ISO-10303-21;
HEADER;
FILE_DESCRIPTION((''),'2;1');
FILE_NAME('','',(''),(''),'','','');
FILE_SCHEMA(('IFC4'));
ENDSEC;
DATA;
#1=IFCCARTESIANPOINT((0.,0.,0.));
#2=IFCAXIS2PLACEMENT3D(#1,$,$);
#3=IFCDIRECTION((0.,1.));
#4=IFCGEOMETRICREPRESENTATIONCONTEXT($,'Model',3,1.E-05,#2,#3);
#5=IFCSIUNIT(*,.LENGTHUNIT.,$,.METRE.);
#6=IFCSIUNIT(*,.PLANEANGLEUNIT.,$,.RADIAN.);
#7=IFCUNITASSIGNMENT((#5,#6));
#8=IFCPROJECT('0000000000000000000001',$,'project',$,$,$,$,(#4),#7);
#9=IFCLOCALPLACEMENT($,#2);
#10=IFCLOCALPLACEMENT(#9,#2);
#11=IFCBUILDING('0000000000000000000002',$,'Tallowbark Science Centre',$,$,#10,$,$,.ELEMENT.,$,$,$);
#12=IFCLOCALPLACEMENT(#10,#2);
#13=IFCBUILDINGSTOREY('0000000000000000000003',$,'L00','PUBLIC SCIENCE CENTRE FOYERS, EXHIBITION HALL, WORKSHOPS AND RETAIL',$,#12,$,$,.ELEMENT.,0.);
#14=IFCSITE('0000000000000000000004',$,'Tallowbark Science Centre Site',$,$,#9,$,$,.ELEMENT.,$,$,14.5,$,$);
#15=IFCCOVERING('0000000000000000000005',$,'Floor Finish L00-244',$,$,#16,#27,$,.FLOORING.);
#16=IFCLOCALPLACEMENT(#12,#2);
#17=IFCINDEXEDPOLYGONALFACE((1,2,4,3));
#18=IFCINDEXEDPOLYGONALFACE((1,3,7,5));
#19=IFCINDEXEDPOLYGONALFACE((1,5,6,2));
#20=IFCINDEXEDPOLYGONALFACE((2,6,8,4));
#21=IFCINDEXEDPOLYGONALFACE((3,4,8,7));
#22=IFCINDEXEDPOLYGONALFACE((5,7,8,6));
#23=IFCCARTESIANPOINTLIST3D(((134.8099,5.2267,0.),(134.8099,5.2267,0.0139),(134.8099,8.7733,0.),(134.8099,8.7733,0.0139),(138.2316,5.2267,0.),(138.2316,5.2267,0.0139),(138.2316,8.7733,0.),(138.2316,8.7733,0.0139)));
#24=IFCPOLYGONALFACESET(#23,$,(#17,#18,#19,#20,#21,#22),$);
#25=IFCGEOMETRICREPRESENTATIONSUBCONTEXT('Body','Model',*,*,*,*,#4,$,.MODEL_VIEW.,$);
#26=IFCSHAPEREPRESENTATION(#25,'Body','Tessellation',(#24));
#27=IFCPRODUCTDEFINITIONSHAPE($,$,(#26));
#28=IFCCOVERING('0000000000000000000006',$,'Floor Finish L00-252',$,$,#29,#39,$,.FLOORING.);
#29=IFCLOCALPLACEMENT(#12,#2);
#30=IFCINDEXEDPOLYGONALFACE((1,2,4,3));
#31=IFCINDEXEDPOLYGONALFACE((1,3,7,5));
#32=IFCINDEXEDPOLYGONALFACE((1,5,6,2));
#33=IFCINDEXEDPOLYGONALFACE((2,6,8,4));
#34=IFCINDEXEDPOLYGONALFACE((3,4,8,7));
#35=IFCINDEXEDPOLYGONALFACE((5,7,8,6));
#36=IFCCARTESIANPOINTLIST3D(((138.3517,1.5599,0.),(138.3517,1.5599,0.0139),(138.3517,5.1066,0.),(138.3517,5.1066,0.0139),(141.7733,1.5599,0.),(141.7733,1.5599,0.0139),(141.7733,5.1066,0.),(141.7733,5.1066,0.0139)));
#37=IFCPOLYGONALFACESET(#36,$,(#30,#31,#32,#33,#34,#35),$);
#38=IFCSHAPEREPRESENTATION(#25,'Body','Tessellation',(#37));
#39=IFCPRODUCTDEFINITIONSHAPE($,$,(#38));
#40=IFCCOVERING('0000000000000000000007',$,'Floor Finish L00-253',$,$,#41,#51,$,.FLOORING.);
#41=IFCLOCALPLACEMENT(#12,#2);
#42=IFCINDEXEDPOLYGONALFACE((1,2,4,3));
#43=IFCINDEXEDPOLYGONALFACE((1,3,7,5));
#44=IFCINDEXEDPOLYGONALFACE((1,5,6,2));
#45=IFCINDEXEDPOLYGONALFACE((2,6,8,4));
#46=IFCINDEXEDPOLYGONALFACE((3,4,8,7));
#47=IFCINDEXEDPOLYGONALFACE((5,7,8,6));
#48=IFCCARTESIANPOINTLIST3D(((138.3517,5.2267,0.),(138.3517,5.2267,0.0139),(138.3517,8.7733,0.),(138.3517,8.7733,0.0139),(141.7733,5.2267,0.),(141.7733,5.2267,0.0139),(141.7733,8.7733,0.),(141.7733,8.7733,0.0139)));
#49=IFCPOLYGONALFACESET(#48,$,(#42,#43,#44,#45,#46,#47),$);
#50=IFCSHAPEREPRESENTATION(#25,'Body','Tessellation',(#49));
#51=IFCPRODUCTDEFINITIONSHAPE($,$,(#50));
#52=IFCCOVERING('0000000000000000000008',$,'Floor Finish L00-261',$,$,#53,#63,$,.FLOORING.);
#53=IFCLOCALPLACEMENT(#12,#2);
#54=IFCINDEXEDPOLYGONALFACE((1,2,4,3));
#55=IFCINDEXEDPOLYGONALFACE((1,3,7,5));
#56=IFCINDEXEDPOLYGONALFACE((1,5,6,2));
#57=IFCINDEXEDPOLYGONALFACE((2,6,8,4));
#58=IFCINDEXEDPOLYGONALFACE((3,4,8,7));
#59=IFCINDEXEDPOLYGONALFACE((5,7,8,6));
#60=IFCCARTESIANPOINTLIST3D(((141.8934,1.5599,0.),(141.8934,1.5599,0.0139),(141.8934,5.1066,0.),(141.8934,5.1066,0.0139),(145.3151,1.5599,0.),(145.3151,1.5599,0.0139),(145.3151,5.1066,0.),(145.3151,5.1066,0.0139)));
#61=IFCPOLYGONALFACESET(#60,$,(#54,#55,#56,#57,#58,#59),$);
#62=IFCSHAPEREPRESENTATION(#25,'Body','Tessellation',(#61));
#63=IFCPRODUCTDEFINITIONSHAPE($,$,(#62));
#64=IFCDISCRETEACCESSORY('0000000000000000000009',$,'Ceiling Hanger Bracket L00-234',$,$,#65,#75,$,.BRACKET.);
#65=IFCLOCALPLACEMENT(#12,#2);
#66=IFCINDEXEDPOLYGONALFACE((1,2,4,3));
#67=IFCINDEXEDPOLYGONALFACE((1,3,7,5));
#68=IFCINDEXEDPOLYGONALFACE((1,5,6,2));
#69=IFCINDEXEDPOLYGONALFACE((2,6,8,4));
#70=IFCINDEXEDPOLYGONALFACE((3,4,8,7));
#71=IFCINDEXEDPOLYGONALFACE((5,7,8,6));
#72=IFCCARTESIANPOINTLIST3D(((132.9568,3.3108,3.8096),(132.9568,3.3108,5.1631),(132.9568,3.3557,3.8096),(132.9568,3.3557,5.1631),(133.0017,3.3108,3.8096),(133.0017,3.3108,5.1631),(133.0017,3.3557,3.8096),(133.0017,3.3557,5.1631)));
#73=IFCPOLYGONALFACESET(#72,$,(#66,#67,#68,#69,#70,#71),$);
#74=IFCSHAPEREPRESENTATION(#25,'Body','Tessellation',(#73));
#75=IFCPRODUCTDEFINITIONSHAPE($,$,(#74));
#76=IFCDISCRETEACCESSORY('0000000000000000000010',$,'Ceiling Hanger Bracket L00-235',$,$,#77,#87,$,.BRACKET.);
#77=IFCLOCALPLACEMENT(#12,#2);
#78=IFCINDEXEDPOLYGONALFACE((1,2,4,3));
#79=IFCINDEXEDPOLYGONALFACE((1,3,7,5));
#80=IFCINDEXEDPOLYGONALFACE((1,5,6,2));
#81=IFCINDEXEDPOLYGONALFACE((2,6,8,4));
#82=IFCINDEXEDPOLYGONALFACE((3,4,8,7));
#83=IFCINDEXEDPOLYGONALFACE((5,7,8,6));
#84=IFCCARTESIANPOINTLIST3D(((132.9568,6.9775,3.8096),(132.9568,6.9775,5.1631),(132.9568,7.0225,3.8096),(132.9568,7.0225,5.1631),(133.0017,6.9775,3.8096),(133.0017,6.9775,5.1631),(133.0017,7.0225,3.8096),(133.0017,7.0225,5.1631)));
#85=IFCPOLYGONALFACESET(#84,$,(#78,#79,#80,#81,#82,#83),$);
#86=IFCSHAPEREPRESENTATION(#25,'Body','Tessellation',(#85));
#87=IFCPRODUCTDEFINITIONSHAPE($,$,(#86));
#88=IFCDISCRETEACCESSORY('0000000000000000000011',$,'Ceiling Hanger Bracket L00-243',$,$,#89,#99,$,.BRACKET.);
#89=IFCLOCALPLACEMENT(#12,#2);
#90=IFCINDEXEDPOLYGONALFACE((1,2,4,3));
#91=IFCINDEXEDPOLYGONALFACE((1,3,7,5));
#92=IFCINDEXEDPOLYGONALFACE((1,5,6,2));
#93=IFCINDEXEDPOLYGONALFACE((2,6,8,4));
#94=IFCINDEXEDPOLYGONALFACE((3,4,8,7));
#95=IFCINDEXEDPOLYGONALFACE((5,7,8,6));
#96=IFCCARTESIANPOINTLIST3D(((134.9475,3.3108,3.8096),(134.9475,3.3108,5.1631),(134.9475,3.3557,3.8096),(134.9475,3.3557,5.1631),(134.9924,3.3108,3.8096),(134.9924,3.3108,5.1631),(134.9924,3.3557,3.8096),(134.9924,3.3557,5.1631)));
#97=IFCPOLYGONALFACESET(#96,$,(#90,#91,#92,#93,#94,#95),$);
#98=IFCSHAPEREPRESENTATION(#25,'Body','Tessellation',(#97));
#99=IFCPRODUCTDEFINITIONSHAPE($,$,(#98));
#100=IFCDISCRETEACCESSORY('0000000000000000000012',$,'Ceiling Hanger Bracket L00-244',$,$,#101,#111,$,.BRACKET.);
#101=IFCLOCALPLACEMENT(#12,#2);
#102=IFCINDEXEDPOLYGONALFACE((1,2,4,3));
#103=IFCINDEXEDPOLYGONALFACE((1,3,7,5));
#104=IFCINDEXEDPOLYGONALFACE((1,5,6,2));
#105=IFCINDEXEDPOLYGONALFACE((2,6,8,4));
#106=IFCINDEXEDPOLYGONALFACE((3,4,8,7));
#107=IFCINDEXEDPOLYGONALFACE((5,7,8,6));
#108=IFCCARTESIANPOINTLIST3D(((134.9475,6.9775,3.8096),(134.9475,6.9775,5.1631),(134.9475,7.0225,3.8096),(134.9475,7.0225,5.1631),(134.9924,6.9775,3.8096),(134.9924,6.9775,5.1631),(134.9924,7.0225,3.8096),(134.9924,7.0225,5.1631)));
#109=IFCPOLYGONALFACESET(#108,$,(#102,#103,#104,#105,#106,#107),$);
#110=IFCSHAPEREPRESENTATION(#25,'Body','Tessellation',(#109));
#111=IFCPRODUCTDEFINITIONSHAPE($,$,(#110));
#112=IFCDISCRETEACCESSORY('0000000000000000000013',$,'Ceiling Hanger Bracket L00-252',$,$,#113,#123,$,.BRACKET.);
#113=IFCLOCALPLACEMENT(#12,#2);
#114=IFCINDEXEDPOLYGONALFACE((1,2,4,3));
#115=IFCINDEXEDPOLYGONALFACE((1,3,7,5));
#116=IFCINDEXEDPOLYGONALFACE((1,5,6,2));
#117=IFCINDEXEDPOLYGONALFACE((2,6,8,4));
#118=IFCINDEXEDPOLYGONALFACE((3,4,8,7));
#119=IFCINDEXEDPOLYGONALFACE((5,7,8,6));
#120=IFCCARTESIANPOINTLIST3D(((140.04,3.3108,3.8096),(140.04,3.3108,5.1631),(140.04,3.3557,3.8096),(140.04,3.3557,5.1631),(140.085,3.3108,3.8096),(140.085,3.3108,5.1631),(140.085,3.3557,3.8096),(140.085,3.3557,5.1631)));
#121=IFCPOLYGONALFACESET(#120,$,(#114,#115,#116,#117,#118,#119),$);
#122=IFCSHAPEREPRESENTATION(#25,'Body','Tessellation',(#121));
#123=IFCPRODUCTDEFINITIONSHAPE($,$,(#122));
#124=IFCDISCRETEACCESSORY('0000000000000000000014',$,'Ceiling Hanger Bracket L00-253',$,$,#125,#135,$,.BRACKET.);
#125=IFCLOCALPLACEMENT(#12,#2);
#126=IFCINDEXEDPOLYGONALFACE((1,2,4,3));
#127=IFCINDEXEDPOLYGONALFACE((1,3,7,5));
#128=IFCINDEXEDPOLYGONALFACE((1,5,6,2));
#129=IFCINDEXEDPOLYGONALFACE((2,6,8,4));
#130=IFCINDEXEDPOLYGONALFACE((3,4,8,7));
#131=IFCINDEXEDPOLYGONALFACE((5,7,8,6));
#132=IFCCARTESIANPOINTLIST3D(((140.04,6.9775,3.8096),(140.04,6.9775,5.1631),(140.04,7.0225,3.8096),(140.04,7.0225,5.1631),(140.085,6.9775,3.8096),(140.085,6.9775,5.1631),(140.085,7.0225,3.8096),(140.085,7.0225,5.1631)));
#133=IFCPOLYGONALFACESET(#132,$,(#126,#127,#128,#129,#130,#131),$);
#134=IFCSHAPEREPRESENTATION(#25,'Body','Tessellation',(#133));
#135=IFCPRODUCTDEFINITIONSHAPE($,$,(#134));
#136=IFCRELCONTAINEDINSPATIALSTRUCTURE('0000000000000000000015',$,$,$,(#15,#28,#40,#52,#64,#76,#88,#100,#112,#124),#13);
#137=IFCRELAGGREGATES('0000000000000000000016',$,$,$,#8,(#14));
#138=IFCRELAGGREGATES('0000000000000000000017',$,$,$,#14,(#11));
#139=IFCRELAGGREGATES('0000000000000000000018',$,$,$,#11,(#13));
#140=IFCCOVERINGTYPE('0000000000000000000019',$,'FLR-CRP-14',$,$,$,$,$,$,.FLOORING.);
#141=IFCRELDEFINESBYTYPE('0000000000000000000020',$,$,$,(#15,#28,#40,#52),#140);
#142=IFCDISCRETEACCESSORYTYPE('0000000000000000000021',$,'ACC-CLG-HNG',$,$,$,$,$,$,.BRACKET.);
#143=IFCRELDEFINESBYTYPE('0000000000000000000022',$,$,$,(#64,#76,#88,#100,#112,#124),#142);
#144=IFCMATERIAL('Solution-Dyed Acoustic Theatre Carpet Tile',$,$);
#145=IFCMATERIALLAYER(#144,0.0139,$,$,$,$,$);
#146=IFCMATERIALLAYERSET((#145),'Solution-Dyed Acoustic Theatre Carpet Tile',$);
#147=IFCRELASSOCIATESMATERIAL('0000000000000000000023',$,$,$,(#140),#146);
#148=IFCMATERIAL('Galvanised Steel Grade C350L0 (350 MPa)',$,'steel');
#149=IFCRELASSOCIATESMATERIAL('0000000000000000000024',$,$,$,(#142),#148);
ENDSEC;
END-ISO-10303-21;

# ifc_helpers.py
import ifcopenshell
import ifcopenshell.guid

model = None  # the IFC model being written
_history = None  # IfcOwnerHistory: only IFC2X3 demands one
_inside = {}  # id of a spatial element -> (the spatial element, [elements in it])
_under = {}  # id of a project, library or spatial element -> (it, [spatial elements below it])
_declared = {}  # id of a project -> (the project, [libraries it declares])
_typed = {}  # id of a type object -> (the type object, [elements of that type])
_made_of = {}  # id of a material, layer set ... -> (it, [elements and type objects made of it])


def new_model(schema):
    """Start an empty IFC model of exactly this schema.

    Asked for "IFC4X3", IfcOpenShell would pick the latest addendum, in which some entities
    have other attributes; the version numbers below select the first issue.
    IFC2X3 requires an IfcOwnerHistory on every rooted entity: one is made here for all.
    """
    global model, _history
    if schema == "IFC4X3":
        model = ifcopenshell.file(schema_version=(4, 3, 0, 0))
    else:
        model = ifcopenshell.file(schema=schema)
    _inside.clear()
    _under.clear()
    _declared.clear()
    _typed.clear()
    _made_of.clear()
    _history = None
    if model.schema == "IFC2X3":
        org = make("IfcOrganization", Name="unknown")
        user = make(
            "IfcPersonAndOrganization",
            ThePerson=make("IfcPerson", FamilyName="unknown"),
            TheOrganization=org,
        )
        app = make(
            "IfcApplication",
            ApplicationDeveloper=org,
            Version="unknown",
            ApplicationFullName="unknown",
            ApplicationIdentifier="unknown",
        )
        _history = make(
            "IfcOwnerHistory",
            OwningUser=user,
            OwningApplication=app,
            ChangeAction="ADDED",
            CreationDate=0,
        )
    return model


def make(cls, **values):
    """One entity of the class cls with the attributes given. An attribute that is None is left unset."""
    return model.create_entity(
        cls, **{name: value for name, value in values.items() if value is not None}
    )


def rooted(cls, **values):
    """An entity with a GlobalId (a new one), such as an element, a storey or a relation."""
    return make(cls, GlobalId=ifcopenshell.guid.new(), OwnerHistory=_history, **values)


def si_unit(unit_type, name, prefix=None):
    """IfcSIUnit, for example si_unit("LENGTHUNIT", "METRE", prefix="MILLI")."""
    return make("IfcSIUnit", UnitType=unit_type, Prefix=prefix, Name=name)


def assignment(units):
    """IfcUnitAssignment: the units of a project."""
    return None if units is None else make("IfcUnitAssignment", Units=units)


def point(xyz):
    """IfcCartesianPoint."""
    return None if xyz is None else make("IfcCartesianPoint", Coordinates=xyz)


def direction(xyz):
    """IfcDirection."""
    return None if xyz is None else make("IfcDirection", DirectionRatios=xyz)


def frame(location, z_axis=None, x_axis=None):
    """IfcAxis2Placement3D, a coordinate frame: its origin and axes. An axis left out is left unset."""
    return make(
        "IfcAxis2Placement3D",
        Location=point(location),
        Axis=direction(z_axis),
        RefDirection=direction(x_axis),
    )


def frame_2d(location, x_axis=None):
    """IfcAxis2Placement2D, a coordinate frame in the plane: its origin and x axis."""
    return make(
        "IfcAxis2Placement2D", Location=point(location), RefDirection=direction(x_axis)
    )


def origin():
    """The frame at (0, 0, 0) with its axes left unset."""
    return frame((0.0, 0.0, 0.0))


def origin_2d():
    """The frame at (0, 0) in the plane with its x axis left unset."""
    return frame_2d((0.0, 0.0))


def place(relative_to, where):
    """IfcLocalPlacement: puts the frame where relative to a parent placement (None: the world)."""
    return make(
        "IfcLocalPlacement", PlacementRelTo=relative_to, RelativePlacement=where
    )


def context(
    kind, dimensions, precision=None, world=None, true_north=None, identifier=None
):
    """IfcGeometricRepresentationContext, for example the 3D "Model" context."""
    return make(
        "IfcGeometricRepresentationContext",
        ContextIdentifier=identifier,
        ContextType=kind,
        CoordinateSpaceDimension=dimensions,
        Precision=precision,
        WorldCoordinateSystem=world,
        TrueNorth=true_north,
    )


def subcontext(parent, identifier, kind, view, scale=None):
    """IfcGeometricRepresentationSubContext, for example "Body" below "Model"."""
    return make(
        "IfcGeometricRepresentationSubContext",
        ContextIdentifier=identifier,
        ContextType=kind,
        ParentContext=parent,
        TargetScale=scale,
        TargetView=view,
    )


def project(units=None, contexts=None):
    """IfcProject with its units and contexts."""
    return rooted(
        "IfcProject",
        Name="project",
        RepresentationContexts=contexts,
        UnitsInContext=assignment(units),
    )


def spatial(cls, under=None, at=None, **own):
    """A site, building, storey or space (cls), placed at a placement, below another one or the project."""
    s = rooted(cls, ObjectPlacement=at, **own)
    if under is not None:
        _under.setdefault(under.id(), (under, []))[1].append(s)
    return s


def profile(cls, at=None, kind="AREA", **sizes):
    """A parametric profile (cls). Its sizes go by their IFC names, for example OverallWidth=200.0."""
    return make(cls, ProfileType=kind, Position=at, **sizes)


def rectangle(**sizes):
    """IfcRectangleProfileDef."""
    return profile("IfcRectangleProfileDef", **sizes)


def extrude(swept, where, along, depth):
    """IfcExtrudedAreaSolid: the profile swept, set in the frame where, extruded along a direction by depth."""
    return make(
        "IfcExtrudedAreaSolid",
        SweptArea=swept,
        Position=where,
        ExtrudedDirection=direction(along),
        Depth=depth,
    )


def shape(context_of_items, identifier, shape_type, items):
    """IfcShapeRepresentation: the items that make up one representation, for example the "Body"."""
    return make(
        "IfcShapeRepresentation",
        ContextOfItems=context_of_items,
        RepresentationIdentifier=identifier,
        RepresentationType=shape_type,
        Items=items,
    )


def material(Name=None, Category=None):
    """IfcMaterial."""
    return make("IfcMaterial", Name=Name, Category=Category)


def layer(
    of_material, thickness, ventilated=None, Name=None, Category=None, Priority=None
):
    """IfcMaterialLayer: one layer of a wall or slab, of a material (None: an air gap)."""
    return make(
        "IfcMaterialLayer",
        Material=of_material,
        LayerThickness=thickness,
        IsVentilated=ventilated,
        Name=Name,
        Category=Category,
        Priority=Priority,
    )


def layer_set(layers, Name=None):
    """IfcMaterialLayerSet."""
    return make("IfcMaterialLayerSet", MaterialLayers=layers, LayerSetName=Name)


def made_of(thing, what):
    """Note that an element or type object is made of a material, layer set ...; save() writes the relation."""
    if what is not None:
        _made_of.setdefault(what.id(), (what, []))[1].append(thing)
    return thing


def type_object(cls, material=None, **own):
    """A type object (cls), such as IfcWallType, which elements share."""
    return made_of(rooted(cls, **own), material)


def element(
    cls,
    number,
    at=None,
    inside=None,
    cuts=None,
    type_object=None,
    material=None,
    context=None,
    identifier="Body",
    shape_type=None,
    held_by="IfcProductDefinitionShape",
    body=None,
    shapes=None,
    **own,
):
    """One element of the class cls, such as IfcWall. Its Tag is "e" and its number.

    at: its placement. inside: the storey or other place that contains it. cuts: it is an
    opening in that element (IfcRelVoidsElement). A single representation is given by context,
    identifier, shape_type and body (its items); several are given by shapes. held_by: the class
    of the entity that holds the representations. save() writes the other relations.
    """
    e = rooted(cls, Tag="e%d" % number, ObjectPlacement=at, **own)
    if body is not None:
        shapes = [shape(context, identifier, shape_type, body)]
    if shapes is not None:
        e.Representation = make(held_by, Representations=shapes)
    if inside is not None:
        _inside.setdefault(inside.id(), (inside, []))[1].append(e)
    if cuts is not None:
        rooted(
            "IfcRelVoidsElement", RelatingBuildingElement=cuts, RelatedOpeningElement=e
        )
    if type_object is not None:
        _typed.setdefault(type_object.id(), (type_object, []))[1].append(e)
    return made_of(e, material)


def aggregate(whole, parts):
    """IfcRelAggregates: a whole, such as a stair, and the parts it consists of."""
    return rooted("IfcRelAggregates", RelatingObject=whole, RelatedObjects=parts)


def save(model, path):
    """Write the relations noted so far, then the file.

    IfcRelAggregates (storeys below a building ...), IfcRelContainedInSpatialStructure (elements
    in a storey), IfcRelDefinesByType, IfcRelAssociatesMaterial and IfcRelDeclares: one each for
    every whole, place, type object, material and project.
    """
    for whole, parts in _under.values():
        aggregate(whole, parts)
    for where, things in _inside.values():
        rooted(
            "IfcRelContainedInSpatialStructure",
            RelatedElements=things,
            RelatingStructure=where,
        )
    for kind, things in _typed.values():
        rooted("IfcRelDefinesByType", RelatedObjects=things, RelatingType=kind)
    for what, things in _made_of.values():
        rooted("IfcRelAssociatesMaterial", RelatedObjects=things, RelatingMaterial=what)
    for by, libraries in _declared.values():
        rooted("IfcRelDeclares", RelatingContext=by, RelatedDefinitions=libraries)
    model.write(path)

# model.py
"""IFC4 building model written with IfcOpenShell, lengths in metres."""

from ifc_helpers import new_model, si_unit, direction, frame, origin, origin_2d, place, context, subcontext, project, spatial, rectangle, extrude, material, layer, layer_set, type_object, element, save


model = new_model("IFC4")

# Units and contexts
model_context = context("Model", 3, precision=1e-05, world=origin(), true_north=direction((0.0, 1.0)))
body_context = subcontext(model_context, "Body", "Model", "MODEL_VIEW")
ifc_project = project(units=[si_unit("LENGTHUNIT", "METRE"), si_unit("PLANEANGLEUNIT", "RADIAN")], contexts=[model_context])

# Site, building, storey
site_placement = place(None, origin())
site = spatial("IfcSite", under=ifc_project, at=site_placement, Name="Tallowbark Science Centre Site", CompositionType="ELEMENT", RefElevation=14.5)
building_placement = place(site_placement, origin())
building = spatial("IfcBuilding", under=site, at=building_placement, Name="Tallowbark Science Centre", CompositionType="ELEMENT")
storey_placement = place(building_placement, origin())
storey = spatial("IfcBuildingStorey", under=building, at=storey_placement, Name="L00", Description="PUBLIC SCIENCE CENTRE FOYERS, EXHIBITION HALL, WORKSHOPS AND RETAIL", CompositionType="ELEMENT", Elevation=0.0)

# Coverings
ifc_material_1 = material(Name="Solution-Dyed Acoustic Theatre Carpet Tile")
ifc_layer_1 = layer(ifc_material_1, 0.0139)
ifc_layer_set_1 = layer_set([ifc_layer_1], Name="Solution-Dyed Acoustic Theatre Carpet Tile")
covering_type_1 = type_object("IfcCoveringType", Name="FLR-CRP-14", PredefinedType="FLOORING", material=ifc_layer_set_1)
for number, where, z_axis, x_axis, name in (
    (1, (136.5208, 7.0, 0.0), (0.0, 0.0, 1.0), (1.0, 0.0, 0.0), "Floor Finish L00-244"),
    (2, (140.0625, 3.3333, 0.0), (0.0, 0.0, 1.0), (1.0, 0.0, 0.0), "Floor Finish L00-252"),
    (3, (140.0625, 7.0, 0.0), (0.0, 0.0, 1.0), (1.0, 0.0, 0.0), "Floor Finish L00-253"),
    (4, (143.6042, 3.3333, 0.0), (0.0, 0.0, 1.0), (1.0, 0.0, 0.0), "Floor Finish L00-261"),
):
    element("IfcCovering", number, at=place(storey_placement, frame(where, z_axis=z_axis, x_axis=x_axis)), inside=storey, type_object=covering_type_1, Name=name, PredefinedType="FLOORING", context=body_context, shape_type="SweptSolid", body=[
        extrude(rectangle(XDim=3.4216, YDim=3.5466, at=origin_2d()), origin(), (0.0, 0.0, 1.0), 0.0139),
    ])

# Discrete accessories
ifc_material_2 = material(Name="Galvanised Steel Grade C350L0 (350 MPa)", Category="steel")
discrete_accessory_type = type_object("IfcDiscreteAccessoryType", Name="ACC-CLG-HNG", PredefinedType="BRACKET", material=ifc_material_2)
for number, where, z_axis, x_axis, name in (
    (5, (132.9792, 3.3333, 3.8096), (0.0, 0.0, 1.0), (1.0, 0.0, 0.0), "Ceiling Hanger Bracket L00-234"),
    (6, (132.9792, 7.0, 3.8096), (0.0, 0.0, 1.0), (1.0, 0.0, 0.0), "Ceiling Hanger Bracket L00-235"),
    (7, (134.97, 3.3333, 3.8096), (0.0, 0.0, 1.0), (1.0, 0.0, 0.0), "Ceiling Hanger Bracket L00-243"),
    (8, (134.97, 7.0, 3.8096), (0.0, 0.0, 1.0), (1.0, 0.0, 0.0), "Ceiling Hanger Bracket L00-244"),
    (9, (140.0625, 3.3333, 3.8096), (0.0, 0.0, 1.0), (1.0, 0.0, 0.0), "Ceiling Hanger Bracket L00-252"),
    (10, (140.0625, 7.0, 3.8096), (0.0, 0.0, 1.0), (1.0, 0.0, 0.0), "Ceiling Hanger Bracket L00-253"),
):
    element("IfcDiscreteAccessory", number, at=place(storey_placement, frame(where, z_axis=z_axis, x_axis=x_axis)), inside=storey, type_object=discrete_accessory_type, Name=name, PredefinedType="BRACKET", context=body_context, shape_type="SweptSolid", body=[
        extrude(rectangle(XDim=0.0449, YDim=0.0449, at=origin_2d()), origin(), (0.0, 0.0, 1.0), 1.3535),
    ])

save(model, "model.ifc")
